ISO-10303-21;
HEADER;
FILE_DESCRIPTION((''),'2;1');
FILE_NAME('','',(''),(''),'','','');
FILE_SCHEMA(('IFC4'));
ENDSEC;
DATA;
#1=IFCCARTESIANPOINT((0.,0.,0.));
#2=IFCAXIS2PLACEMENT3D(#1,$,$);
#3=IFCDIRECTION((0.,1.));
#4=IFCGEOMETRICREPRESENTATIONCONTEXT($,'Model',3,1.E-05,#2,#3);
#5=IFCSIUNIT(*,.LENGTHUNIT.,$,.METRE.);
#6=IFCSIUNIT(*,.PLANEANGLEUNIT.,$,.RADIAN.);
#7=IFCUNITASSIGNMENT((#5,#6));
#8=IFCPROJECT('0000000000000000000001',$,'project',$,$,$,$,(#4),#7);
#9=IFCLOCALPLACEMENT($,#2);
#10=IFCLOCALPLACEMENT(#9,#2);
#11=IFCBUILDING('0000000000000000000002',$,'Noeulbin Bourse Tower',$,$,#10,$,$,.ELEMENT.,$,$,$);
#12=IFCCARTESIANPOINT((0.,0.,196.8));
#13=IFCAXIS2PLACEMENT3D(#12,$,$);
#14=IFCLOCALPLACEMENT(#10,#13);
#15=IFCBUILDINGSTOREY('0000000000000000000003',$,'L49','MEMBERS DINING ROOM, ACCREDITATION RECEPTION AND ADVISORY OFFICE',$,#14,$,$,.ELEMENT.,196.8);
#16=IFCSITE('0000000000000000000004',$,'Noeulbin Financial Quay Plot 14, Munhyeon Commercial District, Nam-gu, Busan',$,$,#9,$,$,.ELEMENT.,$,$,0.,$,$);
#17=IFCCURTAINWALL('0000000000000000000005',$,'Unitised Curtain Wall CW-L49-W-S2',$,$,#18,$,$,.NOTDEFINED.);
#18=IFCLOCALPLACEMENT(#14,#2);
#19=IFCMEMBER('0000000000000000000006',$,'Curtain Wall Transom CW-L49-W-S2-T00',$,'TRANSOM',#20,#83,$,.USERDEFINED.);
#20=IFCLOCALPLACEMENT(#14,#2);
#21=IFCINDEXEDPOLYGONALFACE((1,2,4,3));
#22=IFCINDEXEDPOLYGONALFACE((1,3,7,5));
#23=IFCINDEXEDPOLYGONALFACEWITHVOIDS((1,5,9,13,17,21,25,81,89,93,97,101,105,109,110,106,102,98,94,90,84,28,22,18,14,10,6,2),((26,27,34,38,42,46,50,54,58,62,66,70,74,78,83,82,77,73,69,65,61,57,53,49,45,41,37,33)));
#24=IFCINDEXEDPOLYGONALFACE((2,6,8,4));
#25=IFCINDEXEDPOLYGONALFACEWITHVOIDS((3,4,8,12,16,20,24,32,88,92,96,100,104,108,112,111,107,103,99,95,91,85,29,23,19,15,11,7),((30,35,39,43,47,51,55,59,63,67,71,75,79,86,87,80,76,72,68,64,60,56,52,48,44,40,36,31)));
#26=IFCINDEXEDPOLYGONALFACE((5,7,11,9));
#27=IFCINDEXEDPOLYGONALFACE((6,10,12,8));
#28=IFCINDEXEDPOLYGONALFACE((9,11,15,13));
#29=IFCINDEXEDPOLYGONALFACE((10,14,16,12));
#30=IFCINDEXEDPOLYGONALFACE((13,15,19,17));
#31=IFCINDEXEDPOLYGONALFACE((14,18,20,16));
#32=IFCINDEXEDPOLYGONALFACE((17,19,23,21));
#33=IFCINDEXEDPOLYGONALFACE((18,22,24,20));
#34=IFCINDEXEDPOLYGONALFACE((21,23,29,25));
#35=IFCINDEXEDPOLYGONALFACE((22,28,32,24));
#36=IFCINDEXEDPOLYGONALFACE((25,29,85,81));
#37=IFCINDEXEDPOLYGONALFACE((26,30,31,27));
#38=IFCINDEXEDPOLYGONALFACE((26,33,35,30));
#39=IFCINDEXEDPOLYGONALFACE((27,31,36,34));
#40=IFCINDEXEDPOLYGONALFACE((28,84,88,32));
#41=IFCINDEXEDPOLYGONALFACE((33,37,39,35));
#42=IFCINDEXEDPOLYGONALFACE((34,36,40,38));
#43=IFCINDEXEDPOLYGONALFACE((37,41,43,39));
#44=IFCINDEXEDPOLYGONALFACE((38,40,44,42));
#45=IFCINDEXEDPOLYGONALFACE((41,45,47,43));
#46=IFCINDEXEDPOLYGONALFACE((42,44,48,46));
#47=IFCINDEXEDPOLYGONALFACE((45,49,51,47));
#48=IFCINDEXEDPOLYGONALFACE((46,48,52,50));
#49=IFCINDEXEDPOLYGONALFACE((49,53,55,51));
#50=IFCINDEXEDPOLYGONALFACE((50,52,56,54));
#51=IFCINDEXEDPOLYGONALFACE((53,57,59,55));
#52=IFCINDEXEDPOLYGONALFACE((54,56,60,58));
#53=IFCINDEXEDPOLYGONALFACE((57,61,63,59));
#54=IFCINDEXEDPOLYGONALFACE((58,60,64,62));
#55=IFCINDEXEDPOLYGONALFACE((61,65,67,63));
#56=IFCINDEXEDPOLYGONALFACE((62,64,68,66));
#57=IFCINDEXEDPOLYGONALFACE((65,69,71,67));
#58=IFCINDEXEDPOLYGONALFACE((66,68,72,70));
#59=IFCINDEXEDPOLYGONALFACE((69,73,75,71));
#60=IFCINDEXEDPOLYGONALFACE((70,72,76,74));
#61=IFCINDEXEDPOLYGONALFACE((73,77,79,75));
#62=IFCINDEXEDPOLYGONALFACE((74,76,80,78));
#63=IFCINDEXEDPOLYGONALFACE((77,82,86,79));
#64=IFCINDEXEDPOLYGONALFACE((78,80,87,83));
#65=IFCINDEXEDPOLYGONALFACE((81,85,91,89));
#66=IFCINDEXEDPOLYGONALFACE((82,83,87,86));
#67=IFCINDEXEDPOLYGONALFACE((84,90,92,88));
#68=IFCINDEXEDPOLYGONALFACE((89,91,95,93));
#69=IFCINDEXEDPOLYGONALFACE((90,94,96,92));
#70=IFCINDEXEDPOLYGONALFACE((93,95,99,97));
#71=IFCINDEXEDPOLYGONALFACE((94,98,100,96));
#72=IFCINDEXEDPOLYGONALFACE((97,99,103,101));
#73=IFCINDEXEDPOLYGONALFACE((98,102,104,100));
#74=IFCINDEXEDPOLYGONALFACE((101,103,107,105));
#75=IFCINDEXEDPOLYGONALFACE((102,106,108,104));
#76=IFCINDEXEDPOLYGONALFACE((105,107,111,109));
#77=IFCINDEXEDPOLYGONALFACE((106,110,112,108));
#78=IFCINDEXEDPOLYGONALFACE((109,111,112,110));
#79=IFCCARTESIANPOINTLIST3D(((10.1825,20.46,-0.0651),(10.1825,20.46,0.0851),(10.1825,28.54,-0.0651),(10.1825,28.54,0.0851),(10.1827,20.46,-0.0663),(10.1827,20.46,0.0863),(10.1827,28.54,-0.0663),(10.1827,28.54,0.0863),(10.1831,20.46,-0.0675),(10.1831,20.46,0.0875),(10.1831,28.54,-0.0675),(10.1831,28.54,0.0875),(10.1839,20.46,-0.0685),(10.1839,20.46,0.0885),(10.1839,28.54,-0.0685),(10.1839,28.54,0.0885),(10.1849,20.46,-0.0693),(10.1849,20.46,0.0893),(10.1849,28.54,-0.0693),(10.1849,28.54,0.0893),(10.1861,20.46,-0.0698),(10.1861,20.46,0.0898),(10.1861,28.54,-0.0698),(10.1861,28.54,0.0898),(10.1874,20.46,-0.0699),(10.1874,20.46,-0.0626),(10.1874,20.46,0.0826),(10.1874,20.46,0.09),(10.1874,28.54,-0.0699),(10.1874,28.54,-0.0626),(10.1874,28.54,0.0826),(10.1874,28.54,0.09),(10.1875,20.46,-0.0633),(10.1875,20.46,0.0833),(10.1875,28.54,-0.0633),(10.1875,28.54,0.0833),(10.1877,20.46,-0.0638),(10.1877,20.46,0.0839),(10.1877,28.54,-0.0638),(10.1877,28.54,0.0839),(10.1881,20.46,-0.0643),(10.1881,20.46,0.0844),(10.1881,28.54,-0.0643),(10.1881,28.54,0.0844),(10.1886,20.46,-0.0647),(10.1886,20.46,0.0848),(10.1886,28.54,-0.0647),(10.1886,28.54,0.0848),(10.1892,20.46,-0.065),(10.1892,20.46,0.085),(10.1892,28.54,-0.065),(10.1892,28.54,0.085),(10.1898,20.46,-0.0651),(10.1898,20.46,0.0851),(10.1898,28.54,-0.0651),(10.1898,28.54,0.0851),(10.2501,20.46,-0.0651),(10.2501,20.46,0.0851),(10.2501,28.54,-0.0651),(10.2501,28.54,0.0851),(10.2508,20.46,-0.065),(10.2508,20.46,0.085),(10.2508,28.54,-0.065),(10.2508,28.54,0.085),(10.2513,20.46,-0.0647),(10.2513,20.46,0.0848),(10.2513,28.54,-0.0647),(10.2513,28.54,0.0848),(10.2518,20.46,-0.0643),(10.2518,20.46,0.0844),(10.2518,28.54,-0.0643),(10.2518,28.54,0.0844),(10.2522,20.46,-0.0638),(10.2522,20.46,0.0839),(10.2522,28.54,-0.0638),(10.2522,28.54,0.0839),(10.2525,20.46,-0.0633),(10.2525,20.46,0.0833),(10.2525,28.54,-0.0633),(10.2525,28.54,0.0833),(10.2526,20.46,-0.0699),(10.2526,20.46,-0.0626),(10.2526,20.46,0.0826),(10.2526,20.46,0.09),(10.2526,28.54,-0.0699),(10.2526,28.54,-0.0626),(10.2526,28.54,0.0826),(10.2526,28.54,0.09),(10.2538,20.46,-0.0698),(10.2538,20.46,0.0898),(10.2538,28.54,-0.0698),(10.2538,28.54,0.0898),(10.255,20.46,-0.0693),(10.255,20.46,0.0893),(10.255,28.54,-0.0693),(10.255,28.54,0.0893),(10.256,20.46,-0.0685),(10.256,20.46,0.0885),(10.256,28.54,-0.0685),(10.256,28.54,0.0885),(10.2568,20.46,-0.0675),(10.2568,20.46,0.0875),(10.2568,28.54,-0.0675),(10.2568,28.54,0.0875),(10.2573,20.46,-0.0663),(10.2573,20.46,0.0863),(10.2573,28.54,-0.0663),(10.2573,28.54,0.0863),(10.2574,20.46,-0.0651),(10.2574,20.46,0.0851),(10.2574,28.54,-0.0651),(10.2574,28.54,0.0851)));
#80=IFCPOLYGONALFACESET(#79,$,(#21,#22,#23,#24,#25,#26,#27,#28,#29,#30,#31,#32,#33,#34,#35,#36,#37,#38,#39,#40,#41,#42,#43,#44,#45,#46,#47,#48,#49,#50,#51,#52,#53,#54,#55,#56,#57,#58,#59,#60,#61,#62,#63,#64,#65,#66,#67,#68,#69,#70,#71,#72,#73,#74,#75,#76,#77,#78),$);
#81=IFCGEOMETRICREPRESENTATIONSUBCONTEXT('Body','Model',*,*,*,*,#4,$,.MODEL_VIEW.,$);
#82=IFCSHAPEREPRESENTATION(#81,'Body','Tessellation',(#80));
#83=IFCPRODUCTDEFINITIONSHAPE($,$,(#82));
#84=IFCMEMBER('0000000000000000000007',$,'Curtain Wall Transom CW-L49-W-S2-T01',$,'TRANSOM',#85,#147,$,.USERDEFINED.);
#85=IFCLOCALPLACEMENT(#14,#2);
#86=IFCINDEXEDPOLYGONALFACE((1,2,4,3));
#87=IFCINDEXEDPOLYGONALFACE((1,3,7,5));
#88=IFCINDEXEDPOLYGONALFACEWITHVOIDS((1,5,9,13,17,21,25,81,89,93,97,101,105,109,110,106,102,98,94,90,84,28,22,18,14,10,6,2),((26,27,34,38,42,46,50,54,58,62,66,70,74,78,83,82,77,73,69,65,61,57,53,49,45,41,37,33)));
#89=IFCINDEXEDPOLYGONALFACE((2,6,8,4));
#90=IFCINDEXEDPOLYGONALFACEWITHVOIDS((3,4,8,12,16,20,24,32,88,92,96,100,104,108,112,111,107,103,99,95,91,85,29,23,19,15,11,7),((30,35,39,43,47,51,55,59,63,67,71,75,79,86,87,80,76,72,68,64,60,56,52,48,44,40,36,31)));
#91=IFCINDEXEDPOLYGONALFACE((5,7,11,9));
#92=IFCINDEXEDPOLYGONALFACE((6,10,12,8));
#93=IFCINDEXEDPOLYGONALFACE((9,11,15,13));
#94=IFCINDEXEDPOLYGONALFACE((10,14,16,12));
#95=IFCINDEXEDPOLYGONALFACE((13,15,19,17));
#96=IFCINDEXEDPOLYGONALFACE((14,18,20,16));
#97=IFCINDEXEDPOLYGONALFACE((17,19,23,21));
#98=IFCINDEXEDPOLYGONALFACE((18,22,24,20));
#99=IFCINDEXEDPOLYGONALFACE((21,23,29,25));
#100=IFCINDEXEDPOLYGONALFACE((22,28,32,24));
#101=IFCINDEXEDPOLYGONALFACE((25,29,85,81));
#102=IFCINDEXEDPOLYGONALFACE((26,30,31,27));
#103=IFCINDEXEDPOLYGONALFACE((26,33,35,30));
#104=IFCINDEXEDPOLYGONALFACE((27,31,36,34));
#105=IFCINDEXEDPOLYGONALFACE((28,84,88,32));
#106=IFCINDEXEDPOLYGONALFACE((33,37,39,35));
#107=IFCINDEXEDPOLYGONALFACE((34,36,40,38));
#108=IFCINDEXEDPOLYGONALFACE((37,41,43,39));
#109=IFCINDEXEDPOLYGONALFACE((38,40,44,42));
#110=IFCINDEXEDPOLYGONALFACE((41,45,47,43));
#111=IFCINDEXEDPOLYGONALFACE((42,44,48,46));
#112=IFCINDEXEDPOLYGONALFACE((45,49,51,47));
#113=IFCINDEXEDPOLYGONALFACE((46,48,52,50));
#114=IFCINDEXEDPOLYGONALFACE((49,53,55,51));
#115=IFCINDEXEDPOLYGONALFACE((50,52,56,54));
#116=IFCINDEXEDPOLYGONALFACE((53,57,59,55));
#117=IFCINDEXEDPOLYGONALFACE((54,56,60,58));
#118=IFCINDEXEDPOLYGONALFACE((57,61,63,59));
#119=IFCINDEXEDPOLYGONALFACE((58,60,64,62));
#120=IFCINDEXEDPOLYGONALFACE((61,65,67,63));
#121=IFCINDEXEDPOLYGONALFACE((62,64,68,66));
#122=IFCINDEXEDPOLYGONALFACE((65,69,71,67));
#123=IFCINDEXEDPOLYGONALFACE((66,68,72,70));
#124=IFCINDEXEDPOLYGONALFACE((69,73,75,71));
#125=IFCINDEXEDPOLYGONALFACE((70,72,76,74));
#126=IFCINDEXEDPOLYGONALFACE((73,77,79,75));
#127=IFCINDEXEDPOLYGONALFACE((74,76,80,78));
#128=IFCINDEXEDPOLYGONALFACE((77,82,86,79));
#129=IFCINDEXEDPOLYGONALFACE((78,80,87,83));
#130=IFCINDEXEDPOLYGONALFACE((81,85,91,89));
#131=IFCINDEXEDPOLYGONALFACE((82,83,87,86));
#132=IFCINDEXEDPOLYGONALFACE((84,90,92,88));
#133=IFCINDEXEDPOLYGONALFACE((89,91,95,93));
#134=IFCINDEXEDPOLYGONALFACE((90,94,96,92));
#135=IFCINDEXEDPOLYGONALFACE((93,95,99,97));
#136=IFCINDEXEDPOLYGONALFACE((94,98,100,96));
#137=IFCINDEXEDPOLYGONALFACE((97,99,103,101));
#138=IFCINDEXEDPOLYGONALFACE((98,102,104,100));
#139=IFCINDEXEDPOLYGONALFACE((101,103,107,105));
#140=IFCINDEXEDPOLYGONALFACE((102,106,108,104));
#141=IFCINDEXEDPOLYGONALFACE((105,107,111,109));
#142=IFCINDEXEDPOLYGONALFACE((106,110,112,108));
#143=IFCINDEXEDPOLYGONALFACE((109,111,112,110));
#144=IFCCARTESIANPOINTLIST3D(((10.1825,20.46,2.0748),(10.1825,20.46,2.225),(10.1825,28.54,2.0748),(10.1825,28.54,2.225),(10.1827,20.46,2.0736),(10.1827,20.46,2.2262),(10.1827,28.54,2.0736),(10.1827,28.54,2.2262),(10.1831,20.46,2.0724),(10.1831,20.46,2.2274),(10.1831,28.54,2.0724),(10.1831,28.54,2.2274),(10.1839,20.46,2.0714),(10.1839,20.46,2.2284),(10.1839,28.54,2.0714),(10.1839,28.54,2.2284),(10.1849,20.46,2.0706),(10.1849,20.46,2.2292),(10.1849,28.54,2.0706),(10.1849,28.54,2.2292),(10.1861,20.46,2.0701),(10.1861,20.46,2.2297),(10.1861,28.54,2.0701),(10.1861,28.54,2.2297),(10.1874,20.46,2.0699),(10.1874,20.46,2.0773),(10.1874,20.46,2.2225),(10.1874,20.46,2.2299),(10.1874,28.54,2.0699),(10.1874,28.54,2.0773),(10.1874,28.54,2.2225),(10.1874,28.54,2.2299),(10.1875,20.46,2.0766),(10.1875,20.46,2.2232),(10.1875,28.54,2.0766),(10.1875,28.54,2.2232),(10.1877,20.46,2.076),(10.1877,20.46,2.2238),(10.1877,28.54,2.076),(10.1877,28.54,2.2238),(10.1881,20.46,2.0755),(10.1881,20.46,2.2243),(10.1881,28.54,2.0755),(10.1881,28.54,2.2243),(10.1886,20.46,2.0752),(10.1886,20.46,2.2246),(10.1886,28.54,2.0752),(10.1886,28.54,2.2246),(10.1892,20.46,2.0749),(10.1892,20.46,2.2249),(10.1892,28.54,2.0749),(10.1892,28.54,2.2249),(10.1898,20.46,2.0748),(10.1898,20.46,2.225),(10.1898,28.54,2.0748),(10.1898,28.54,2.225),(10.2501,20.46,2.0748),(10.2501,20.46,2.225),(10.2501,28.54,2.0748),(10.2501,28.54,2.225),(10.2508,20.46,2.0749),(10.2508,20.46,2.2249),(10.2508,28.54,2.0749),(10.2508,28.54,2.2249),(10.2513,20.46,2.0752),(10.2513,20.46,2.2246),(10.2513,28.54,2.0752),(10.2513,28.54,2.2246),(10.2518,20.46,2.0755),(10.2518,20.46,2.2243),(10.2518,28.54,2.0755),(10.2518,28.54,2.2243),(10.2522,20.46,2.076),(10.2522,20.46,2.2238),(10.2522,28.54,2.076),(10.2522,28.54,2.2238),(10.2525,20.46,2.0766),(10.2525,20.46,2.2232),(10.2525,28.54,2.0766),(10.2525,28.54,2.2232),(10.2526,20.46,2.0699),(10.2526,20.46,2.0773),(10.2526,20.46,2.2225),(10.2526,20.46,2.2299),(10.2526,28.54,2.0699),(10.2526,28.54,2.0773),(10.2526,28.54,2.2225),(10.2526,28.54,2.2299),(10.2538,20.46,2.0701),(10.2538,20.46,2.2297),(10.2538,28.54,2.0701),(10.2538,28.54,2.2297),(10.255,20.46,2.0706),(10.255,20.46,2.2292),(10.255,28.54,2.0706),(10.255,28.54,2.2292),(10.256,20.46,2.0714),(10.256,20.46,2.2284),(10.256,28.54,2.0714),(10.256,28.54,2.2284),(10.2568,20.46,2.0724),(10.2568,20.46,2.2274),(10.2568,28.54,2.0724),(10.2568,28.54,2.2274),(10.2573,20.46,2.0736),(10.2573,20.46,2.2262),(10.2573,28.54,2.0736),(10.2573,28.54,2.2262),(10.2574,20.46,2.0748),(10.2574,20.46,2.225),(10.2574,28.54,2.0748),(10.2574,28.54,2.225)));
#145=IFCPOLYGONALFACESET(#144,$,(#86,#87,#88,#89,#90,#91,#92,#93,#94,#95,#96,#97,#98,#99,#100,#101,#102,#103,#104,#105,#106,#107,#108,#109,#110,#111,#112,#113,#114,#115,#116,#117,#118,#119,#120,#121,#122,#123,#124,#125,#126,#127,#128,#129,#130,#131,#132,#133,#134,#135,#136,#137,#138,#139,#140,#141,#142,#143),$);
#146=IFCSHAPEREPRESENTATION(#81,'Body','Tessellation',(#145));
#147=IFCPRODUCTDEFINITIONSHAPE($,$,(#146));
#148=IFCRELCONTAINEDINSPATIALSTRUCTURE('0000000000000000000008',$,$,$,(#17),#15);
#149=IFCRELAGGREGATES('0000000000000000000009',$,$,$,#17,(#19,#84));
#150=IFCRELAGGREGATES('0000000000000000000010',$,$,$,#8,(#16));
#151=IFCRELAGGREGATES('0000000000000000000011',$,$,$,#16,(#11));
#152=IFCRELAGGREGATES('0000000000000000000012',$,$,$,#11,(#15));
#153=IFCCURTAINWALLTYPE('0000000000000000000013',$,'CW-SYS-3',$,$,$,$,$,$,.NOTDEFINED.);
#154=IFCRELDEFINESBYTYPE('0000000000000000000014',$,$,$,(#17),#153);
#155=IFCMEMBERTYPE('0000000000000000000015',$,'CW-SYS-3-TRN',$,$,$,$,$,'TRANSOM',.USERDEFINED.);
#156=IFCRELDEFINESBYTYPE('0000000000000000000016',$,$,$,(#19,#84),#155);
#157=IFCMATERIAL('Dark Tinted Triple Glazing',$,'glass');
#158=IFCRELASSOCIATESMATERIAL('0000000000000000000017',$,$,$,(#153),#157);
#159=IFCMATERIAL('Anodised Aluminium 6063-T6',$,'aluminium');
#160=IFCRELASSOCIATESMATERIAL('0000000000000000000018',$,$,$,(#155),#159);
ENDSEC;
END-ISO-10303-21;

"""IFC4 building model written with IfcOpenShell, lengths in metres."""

from ifc_helpers import new_model, si_unit, direction, frame, origin, origin_2d, place, context, subcontext, project, spatial, hollow_rectangle, extrude, material, material_profile, profile_set, type_object, element, aggregate, save


model = new_model("IFC4")

# Units and contexts
model_context = context("Model", 3, precision=1e-05, world=origin(), true_north=direction((0.0, 1.0)))
body_context = subcontext(model_context, "Body", "Model", "MODEL_VIEW")
ifc_project = project(units=[si_unit("LENGTHUNIT", "METRE"), si_unit("PLANEANGLEUNIT", "RADIAN")], contexts=[model_context])

# Site, building, storey
site_placement = place(None, origin())
site = spatial("IfcSite", under=ifc_project, at=site_placement, Name="Noeulbin Financial Quay Plot 14, Munhyeon Commercial District, Nam-gu, Busan", CompositionType="ELEMENT", RefElevation=0.0)
building_placement = place(site_placement, origin())
building = spatial("IfcBuilding", under=site, at=building_placement, Name="Noeulbin Bourse Tower", CompositionType="ELEMENT")
storey_placement = place(building_placement, frame((0.0, 0.0, 196.8)))
storey = spatial("IfcBuildingStorey", under=building, at=storey_placement, Name="L49", Description="MEMBERS DINING ROOM, ACCREDITATION RECEPTION AND ADVISORY OFFICE", CompositionType="ELEMENT", Elevation=196.8)

# Curtain wall
ifc_material_1 = material(Name="Dark Tinted Triple Glazing", Category="glass")
curtain_wall_type = type_object("IfcCurtainWallType", Name="CW-SYS-3", PredefinedType="NOTDEFINED", material=ifc_material_1)
curtain_wall_1_placement = place(storey_placement, origin())
curtain_wall_1 = element("IfcCurtainWall", 1, at=curtain_wall_1_placement, inside=storey, type_object=curtain_wall_type, Name="Unitised Curtain Wall CW-L49-W-S2", PredefinedType="NOTDEFINED")
ifc_material_2 = material(Name="Anodised Aluminium 6063-T6", Category="aluminium")

# Members
ifc_material_profile_1 = material_profile(ifc_material_2, hollow_rectangle(XDim=0.075, YDim=0.1599, WallThickness=0.0049, InnerFilletRadius=0.0024, OuterFilletRadius=0.0049, at=origin_2d()), Name="ALU-TRAN-75x160x5", Category="LoadBearing")
ifc_profile_set_1 = profile_set([ifc_material_profile_1], Name="Anodised Aluminium 6063-T6")
member_type_1 = type_object("IfcMemberType", Name="CW-SYS-3-TRN", ElementType="TRANSOM", PredefinedType="USERDEFINED", material=ifc_profile_set_1)
member_1_placement = place(storey_placement, frame((10.22, 20.46, 0.01), z_axis=(0.0, 1.0, 0.0), x_axis=(-1.0, 0.0, 0.0)))
member_1 = element("IfcMember", 2, at=member_1_placement, type_object=member_type_1, Name="Curtain Wall Transom CW-L49-W-S2-T00", ObjectType="TRANSOM", PredefinedType="USERDEFINED", context=body_context, shape_type="SweptSolid", body=[
    extrude(hollow_rectangle(XDim=0.075, YDim=0.1599, WallThickness=0.0049, InnerFilletRadius=0.0024, OuterFilletRadius=0.0049, at=origin_2d()), origin(), (0.0, 0.0, 1.0), 8.0801),
])
member_2_placement = place(storey_placement, frame((10.22, 20.46, 2.1499), z_axis=(0.0, 1.0, 0.0), x_axis=(-1.0, 0.0, 0.0)))
member_2 = element("IfcMember", 3, at=member_2_placement, type_object=member_type_1, Name="Curtain Wall Transom CW-L49-W-S2-T01", ObjectType="TRANSOM", PredefinedType="USERDEFINED", context=body_context, shape_type="SweptSolid", body=[
    extrude(hollow_rectangle(XDim=0.075, YDim=0.1599, WallThickness=0.0049, InnerFilletRadius=0.0024, OuterFilletRadius=0.0049, at=origin_2d()), origin(), (0.0, 0.0, 1.0), 8.0801),
])

aggregate(curtain_wall_1, [member_1, member_2])

save(model, "model.ifc")
